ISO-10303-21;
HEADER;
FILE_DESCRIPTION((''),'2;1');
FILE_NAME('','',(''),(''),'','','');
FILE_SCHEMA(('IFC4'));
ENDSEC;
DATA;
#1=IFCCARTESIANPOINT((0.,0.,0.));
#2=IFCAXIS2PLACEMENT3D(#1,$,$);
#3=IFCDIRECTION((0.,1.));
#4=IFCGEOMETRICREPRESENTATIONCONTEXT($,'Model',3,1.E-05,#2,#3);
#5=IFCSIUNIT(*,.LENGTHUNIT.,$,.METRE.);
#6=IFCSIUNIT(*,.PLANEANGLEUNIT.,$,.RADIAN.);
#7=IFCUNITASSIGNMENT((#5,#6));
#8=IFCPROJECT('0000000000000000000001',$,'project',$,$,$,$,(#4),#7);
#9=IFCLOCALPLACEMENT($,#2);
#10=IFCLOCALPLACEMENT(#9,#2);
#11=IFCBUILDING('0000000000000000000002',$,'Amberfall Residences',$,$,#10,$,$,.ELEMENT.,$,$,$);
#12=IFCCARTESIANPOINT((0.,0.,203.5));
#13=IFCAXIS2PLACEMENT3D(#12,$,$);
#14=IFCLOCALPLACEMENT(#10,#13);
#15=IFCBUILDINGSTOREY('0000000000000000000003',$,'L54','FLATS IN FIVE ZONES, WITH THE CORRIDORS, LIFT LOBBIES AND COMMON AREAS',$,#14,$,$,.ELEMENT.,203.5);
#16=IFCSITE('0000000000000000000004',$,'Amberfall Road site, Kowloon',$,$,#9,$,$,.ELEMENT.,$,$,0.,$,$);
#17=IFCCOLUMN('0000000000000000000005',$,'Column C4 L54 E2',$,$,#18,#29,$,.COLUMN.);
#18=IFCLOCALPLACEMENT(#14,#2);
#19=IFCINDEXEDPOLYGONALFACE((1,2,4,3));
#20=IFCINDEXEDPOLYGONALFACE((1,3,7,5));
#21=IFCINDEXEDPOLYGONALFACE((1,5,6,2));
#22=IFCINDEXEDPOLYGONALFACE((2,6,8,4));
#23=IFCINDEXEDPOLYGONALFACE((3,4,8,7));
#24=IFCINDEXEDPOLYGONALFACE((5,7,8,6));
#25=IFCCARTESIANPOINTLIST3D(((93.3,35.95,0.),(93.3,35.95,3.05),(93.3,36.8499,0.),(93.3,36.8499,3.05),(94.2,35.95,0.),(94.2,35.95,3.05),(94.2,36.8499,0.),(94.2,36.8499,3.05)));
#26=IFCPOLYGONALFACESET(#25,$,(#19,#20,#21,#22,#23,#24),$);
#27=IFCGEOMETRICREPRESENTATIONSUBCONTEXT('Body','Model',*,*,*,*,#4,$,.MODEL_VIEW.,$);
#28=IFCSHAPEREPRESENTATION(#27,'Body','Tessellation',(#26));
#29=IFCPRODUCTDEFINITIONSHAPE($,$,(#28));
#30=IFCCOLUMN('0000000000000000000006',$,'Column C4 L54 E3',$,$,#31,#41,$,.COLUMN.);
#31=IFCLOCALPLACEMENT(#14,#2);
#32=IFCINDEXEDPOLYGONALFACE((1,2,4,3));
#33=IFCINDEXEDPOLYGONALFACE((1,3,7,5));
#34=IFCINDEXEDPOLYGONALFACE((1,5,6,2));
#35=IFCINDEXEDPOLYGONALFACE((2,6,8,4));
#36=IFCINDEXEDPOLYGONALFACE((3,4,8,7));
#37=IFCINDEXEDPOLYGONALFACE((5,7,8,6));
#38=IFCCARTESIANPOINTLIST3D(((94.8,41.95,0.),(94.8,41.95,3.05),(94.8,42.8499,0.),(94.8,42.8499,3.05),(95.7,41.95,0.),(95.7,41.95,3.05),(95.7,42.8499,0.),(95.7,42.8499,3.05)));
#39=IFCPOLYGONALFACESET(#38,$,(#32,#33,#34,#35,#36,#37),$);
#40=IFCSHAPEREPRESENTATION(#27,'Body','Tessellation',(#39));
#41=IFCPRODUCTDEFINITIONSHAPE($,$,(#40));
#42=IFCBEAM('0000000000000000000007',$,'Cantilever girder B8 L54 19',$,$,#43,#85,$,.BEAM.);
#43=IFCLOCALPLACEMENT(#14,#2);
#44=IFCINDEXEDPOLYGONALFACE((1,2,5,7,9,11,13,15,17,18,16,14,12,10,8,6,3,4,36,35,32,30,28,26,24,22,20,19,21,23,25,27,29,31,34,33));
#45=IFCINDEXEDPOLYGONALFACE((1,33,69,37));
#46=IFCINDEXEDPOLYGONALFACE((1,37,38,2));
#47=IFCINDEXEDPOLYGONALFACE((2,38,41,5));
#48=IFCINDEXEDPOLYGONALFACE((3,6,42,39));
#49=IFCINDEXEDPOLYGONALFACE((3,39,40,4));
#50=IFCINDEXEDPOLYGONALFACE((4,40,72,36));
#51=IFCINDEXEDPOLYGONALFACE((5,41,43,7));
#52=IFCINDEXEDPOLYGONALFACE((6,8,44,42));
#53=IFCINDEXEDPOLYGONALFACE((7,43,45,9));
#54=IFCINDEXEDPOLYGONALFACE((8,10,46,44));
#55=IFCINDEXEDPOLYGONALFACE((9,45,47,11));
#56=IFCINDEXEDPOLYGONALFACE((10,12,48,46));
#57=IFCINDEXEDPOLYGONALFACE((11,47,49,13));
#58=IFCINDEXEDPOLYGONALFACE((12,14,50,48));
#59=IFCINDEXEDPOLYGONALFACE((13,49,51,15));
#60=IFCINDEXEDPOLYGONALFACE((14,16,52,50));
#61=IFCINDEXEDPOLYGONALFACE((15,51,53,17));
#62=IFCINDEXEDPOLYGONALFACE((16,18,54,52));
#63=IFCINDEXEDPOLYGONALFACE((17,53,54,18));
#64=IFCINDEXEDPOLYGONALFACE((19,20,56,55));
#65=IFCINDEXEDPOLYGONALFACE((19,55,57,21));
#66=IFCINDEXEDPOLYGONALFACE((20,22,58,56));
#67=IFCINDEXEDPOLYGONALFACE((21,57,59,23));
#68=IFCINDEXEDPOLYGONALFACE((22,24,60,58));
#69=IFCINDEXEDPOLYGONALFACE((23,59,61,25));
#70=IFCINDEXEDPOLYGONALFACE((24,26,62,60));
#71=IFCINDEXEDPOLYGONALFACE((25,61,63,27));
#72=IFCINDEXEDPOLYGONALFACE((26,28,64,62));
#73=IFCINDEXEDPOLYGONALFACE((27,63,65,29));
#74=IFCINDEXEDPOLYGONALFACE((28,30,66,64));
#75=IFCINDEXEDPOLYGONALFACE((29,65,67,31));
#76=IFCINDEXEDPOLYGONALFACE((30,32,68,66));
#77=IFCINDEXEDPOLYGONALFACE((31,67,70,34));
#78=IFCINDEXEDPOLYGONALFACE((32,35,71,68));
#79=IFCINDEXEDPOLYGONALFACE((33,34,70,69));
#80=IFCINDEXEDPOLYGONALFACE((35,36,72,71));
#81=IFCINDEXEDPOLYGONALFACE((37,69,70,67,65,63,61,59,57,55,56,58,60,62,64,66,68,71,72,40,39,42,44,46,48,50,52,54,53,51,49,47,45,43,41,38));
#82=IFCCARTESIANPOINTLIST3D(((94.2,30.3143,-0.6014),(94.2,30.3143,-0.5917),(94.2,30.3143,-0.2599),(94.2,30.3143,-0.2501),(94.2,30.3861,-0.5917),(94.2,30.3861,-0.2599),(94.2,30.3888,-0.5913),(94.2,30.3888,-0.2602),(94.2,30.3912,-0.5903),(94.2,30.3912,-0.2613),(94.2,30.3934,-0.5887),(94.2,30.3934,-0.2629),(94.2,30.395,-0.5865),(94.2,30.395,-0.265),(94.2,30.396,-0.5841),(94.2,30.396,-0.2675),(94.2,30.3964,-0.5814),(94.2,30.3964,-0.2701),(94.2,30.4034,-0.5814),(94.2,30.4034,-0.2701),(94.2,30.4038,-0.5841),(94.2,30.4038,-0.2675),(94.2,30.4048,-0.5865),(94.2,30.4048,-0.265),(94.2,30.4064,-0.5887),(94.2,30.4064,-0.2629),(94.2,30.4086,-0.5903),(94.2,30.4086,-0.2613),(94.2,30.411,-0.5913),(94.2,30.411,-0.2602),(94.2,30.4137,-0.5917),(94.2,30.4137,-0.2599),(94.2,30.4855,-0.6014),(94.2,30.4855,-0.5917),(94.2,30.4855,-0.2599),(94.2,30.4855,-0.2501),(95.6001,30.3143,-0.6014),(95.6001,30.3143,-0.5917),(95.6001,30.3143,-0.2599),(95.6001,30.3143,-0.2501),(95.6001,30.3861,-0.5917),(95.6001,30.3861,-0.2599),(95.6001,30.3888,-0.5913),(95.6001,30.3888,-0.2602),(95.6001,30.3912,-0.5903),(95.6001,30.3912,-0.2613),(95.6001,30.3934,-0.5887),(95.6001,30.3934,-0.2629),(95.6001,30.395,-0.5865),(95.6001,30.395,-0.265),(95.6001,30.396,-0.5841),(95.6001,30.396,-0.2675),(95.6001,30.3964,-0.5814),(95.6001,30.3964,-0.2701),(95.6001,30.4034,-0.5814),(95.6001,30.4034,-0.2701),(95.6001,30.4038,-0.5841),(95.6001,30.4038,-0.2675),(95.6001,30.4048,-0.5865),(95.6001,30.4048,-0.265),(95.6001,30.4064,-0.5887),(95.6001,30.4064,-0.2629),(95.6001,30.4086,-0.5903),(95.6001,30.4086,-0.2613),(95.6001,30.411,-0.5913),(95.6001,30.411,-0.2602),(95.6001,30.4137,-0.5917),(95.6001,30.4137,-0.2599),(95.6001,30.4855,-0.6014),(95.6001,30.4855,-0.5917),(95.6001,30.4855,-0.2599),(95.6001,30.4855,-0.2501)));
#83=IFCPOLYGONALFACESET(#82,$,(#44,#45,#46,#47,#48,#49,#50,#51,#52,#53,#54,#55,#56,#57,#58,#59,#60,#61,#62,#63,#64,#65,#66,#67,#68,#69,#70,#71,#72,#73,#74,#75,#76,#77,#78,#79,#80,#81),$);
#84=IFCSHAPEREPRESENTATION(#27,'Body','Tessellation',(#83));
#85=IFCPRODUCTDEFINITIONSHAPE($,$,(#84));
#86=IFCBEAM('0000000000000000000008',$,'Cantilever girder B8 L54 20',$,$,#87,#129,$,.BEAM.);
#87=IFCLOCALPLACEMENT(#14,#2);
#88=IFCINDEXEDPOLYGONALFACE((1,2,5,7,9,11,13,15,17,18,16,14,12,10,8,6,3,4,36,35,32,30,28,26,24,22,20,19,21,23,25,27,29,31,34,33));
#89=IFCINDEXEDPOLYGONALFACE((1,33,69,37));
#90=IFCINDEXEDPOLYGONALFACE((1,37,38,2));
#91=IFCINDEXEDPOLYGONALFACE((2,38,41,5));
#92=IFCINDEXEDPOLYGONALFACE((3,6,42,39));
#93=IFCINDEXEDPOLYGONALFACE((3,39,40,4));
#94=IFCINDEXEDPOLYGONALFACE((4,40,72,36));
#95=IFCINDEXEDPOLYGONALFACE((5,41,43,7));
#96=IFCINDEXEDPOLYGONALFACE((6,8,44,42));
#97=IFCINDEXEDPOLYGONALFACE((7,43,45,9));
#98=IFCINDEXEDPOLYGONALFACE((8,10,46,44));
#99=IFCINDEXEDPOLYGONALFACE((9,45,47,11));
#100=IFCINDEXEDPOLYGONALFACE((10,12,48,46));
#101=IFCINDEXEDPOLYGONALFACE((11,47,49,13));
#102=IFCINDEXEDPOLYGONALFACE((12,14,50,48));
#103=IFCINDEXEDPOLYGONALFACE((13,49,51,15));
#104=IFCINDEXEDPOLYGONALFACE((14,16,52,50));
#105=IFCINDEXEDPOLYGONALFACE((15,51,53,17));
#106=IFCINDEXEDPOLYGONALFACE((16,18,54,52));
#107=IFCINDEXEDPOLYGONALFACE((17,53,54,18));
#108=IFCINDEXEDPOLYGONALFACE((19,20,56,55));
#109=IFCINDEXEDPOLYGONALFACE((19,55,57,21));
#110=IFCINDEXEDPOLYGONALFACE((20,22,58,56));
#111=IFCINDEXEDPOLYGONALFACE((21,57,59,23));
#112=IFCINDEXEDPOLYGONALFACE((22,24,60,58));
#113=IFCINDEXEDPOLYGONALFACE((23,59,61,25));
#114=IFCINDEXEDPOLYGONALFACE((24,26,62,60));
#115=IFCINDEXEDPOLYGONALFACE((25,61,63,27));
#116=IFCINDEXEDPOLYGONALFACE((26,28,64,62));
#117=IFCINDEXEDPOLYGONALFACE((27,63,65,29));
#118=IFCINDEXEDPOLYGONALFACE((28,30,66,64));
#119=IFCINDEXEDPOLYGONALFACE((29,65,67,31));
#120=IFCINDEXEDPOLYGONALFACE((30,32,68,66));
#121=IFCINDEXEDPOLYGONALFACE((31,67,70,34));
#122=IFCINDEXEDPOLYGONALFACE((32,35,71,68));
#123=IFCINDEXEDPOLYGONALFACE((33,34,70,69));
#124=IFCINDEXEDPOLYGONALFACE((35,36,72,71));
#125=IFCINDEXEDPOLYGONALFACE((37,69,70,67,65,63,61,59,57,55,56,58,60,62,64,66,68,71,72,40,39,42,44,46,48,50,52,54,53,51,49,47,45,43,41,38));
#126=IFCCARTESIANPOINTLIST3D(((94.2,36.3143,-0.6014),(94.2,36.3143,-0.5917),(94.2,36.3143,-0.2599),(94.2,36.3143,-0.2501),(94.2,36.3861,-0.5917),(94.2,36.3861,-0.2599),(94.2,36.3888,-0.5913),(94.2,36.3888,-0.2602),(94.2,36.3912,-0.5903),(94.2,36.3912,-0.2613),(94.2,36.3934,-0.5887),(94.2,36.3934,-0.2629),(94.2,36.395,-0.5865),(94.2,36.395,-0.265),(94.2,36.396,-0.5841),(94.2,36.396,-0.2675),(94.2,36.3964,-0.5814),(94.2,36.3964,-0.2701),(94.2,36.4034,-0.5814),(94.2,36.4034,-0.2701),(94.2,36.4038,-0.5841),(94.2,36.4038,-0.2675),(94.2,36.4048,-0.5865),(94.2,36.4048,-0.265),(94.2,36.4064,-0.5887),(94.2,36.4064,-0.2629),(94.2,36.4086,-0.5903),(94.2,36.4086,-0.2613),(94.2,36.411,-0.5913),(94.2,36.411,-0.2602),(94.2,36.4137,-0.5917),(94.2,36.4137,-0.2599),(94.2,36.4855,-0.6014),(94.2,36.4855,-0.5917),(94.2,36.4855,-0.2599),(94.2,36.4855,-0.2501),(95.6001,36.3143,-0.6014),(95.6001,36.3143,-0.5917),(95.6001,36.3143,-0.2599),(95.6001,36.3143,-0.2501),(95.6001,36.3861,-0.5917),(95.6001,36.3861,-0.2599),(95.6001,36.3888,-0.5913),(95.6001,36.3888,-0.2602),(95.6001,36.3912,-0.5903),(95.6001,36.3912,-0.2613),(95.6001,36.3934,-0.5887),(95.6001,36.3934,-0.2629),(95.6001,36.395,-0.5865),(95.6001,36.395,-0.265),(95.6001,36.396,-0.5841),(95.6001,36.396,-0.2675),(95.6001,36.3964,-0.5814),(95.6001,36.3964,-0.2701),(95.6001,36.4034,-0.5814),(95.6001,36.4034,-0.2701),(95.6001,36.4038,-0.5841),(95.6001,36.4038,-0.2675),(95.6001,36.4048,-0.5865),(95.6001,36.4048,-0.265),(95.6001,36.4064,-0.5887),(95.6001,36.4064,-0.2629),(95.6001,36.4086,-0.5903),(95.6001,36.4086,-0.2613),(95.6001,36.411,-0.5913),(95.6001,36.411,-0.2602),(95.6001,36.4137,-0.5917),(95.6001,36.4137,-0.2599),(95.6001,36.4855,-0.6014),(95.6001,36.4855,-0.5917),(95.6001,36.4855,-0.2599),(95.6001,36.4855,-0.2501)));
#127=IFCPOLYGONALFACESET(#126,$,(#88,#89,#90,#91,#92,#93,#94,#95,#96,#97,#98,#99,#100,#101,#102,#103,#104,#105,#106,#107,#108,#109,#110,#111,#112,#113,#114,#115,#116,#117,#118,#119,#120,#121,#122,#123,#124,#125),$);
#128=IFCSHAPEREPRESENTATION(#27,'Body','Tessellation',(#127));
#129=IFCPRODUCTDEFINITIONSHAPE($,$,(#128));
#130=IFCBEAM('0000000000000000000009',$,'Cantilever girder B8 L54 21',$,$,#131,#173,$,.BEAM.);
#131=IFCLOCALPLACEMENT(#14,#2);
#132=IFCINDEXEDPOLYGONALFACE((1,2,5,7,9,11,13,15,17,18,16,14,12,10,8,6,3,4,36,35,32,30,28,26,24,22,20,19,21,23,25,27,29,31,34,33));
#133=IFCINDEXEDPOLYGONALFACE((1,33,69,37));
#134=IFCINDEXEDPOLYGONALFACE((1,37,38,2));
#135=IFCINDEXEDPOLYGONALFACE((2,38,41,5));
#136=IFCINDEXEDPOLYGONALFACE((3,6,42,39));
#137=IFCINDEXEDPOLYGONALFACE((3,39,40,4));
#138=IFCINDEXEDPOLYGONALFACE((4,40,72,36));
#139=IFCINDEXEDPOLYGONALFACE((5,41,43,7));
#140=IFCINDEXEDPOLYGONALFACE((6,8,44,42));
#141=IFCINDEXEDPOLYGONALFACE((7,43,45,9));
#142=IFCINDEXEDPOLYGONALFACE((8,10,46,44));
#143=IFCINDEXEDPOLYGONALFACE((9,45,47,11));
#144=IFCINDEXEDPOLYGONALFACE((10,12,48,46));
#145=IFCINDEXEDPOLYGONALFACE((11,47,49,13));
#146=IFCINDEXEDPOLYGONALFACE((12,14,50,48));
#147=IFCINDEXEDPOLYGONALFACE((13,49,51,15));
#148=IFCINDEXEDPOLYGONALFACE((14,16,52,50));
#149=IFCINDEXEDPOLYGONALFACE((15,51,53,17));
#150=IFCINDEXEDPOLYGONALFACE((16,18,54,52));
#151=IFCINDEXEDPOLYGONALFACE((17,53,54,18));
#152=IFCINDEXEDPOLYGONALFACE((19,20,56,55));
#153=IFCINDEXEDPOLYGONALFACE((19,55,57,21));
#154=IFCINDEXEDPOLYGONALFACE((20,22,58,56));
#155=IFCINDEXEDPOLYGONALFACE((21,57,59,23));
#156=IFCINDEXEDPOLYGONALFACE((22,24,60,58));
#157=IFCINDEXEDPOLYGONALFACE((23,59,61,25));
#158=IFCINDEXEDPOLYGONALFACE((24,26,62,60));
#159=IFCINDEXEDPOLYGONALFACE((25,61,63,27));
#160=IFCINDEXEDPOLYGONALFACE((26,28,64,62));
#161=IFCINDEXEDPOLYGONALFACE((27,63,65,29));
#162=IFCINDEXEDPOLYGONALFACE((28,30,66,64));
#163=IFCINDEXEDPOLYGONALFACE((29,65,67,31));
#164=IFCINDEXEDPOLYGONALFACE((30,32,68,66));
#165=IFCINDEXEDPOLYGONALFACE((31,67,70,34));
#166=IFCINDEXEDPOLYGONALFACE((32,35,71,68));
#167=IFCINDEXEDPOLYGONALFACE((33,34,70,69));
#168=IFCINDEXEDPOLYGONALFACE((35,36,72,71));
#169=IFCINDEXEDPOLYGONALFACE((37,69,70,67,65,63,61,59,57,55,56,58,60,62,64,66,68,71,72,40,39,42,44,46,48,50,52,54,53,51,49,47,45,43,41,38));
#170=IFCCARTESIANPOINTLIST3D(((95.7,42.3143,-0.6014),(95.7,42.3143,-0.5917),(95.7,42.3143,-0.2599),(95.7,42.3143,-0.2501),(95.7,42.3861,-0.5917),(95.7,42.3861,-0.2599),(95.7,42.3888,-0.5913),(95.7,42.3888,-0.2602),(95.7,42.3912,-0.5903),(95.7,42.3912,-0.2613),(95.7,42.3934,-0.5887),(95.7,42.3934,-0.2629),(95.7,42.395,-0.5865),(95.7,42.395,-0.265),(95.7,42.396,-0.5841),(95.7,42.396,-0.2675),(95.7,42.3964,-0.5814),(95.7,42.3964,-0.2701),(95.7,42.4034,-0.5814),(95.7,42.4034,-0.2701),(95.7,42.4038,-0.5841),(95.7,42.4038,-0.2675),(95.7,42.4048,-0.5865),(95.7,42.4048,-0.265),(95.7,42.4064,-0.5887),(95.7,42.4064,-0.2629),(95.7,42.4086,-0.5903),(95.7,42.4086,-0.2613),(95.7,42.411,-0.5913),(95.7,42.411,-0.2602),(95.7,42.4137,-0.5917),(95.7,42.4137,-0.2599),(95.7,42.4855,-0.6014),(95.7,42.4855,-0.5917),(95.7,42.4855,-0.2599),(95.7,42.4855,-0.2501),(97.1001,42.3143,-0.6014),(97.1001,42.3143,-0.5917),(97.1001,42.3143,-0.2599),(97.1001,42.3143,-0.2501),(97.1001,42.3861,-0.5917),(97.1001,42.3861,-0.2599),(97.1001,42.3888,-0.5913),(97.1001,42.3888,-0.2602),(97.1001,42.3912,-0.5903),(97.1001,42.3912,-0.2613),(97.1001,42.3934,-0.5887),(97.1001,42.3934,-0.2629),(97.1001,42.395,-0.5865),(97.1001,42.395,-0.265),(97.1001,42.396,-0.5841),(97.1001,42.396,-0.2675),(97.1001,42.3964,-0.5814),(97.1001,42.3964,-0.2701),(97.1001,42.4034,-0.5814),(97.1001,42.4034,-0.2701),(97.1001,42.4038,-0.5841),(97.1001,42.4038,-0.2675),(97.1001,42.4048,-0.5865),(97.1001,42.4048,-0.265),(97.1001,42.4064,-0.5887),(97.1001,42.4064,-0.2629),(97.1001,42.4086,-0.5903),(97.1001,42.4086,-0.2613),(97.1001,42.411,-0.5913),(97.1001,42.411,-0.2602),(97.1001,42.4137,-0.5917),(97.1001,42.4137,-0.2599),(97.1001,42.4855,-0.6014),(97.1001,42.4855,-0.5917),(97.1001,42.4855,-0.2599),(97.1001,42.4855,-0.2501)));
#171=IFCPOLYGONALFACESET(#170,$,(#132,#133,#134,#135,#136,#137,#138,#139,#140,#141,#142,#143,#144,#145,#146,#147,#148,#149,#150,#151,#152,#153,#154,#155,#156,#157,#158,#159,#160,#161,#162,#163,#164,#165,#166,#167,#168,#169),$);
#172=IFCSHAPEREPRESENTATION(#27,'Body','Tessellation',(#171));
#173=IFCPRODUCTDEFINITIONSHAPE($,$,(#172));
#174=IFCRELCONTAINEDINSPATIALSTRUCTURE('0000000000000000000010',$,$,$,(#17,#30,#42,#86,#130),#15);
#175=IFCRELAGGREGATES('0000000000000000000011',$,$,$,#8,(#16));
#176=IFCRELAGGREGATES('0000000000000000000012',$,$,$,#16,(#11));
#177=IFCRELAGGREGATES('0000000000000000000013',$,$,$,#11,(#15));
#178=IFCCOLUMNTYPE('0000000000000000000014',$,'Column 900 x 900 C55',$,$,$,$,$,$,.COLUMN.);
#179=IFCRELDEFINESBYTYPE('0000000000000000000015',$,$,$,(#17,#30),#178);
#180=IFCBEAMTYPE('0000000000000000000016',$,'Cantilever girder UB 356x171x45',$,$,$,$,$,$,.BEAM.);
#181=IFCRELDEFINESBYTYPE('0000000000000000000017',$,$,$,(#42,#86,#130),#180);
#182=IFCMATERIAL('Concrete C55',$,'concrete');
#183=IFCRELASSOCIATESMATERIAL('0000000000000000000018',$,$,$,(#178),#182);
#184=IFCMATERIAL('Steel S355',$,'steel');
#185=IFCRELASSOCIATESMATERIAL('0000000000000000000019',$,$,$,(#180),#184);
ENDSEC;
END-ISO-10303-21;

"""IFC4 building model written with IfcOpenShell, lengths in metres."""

from ifc_helpers import new_model, si_unit, direction, frame, origin, origin_2d, place, context, subcontext, project, spatial, rectangle, i_section, extrude, material, material_profile, profile_set, type_object, element, save


model = new_model("IFC4")

# Units and contexts
model_context = context("Model", 3, precision=1e-05, world=origin(), true_north=direction((0.0, 1.0)))
body_context = subcontext(model_context, "Body", "Model", "MODEL_VIEW")
ifc_project = project(units=[si_unit("LENGTHUNIT", "METRE"), si_unit("PLANEANGLEUNIT", "RADIAN")], contexts=[model_context])

# Site, building, storey
site_placement = place(None, origin())
site = spatial("IfcSite", under=ifc_project, at=site_placement, Name="Amberfall Road site, Kowloon", CompositionType="ELEMENT", RefElevation=0.0)
building_placement = place(site_placement, origin())
building = spatial("IfcBuilding", under=site, at=building_placement, Name="Amberfall Residences", CompositionType="ELEMENT")
storey_placement = place(building_placement, frame((0.0, 0.0, 203.5)))
storey = spatial("IfcBuildingStorey", under=building, at=storey_placement, Name="L54", Description="FLATS IN FIVE ZONES, WITH THE CORRIDORS, LIFT LOBBIES AND COMMON AREAS", CompositionType="ELEMENT", Elevation=203.5)

# Columns
ifc_material_1 = material(Name="Concrete C55", Category="concrete")
ifc_material_profile_1 = material_profile(ifc_material_1, rectangle(XDim=0.8999, YDim=0.8999, at=origin_2d()), Name="Column 900 x 900 C55")
ifc_profile_set_1 = profile_set([ifc_material_profile_1], Name="Concrete C55")
column_type = type_object("IfcColumnType", Name="Column 900 x 900 C55", PredefinedType="COLUMN", material=ifc_profile_set_1)
for number, where, z_axis, x_axis, name in (
    (1, (93.75, 36.3999, 0.0), (0.0, 0.0, 1.0), (1.0, 0.0, 0.0), "Column C4 L54 E2"),
    (2, (95.25, 42.3999, 0.0), (0.0, 0.0, 1.0), (1.0, 0.0, 0.0), "Column C4 L54 E3"),
):
    element("IfcColumn", number, at=place(storey_placement, frame(where, z_axis=z_axis, x_axis=x_axis)), inside=storey, type_object=column_type, Name=name, PredefinedType="COLUMN", context=body_context, shape_type="SweptSolid", body=[
        extrude(rectangle(XDim=0.8999, YDim=0.8999, at=origin_2d()), origin(), (0.0, 0.0, 1.0), 3.05),
    ])

# Beams
ifc_material_2 = material(Name="Steel S355", Category="steel")
ifc_material_profile_2 = material_profile(ifc_material_2, i_section(OverallWidth=0.1711, OverallDepth=0.3513, WebThickness=0.0071, FlangeThickness=0.0098, FilletRadius=0.0103, at=origin_2d()), Name="UB 356x171x45")
ifc_profile_set_2 = profile_set([ifc_material_profile_2], Name="Steel S355")
beam_type_1 = type_object("IfcBeamType", Name="Cantilever girder UB 356x171x45", PredefinedType="BEAM", material=ifc_profile_set_2)
for number, where, z_axis, x_axis, name in (
    (3, (94.2, 30.3999, -0.4258), (1.0, 0.0, 0.0), (0.0, 1.0, 0.0), "Cantilever girder B8 L54 19"),
    (4, (94.2, 36.3999, -0.4258), (1.0, 0.0, 0.0), (0.0, 1.0, 0.0), "Cantilever girder B8 L54 20"),
    (5, (95.7, 42.3999, -0.4258), (1.0, 0.0, 0.0), (0.0, 1.0, 0.0), "Cantilever girder B8 L54 21"),
):
    element("IfcBeam", number, at=place(storey_placement, frame(where, z_axis=z_axis, x_axis=x_axis)), inside=storey, type_object=beam_type_1, Name=name, PredefinedType="BEAM", context=body_context, shape_type="SweptSolid", body=[
        extrude(i_section(OverallWidth=0.1711, OverallDepth=0.3513, WebThickness=0.0071, FlangeThickness=0.0098, FilletRadius=0.0103, at=origin_2d()), origin(), (0.0, 0.0, 1.0), 1.4001),
    ])

save(model, "model.ifc")
